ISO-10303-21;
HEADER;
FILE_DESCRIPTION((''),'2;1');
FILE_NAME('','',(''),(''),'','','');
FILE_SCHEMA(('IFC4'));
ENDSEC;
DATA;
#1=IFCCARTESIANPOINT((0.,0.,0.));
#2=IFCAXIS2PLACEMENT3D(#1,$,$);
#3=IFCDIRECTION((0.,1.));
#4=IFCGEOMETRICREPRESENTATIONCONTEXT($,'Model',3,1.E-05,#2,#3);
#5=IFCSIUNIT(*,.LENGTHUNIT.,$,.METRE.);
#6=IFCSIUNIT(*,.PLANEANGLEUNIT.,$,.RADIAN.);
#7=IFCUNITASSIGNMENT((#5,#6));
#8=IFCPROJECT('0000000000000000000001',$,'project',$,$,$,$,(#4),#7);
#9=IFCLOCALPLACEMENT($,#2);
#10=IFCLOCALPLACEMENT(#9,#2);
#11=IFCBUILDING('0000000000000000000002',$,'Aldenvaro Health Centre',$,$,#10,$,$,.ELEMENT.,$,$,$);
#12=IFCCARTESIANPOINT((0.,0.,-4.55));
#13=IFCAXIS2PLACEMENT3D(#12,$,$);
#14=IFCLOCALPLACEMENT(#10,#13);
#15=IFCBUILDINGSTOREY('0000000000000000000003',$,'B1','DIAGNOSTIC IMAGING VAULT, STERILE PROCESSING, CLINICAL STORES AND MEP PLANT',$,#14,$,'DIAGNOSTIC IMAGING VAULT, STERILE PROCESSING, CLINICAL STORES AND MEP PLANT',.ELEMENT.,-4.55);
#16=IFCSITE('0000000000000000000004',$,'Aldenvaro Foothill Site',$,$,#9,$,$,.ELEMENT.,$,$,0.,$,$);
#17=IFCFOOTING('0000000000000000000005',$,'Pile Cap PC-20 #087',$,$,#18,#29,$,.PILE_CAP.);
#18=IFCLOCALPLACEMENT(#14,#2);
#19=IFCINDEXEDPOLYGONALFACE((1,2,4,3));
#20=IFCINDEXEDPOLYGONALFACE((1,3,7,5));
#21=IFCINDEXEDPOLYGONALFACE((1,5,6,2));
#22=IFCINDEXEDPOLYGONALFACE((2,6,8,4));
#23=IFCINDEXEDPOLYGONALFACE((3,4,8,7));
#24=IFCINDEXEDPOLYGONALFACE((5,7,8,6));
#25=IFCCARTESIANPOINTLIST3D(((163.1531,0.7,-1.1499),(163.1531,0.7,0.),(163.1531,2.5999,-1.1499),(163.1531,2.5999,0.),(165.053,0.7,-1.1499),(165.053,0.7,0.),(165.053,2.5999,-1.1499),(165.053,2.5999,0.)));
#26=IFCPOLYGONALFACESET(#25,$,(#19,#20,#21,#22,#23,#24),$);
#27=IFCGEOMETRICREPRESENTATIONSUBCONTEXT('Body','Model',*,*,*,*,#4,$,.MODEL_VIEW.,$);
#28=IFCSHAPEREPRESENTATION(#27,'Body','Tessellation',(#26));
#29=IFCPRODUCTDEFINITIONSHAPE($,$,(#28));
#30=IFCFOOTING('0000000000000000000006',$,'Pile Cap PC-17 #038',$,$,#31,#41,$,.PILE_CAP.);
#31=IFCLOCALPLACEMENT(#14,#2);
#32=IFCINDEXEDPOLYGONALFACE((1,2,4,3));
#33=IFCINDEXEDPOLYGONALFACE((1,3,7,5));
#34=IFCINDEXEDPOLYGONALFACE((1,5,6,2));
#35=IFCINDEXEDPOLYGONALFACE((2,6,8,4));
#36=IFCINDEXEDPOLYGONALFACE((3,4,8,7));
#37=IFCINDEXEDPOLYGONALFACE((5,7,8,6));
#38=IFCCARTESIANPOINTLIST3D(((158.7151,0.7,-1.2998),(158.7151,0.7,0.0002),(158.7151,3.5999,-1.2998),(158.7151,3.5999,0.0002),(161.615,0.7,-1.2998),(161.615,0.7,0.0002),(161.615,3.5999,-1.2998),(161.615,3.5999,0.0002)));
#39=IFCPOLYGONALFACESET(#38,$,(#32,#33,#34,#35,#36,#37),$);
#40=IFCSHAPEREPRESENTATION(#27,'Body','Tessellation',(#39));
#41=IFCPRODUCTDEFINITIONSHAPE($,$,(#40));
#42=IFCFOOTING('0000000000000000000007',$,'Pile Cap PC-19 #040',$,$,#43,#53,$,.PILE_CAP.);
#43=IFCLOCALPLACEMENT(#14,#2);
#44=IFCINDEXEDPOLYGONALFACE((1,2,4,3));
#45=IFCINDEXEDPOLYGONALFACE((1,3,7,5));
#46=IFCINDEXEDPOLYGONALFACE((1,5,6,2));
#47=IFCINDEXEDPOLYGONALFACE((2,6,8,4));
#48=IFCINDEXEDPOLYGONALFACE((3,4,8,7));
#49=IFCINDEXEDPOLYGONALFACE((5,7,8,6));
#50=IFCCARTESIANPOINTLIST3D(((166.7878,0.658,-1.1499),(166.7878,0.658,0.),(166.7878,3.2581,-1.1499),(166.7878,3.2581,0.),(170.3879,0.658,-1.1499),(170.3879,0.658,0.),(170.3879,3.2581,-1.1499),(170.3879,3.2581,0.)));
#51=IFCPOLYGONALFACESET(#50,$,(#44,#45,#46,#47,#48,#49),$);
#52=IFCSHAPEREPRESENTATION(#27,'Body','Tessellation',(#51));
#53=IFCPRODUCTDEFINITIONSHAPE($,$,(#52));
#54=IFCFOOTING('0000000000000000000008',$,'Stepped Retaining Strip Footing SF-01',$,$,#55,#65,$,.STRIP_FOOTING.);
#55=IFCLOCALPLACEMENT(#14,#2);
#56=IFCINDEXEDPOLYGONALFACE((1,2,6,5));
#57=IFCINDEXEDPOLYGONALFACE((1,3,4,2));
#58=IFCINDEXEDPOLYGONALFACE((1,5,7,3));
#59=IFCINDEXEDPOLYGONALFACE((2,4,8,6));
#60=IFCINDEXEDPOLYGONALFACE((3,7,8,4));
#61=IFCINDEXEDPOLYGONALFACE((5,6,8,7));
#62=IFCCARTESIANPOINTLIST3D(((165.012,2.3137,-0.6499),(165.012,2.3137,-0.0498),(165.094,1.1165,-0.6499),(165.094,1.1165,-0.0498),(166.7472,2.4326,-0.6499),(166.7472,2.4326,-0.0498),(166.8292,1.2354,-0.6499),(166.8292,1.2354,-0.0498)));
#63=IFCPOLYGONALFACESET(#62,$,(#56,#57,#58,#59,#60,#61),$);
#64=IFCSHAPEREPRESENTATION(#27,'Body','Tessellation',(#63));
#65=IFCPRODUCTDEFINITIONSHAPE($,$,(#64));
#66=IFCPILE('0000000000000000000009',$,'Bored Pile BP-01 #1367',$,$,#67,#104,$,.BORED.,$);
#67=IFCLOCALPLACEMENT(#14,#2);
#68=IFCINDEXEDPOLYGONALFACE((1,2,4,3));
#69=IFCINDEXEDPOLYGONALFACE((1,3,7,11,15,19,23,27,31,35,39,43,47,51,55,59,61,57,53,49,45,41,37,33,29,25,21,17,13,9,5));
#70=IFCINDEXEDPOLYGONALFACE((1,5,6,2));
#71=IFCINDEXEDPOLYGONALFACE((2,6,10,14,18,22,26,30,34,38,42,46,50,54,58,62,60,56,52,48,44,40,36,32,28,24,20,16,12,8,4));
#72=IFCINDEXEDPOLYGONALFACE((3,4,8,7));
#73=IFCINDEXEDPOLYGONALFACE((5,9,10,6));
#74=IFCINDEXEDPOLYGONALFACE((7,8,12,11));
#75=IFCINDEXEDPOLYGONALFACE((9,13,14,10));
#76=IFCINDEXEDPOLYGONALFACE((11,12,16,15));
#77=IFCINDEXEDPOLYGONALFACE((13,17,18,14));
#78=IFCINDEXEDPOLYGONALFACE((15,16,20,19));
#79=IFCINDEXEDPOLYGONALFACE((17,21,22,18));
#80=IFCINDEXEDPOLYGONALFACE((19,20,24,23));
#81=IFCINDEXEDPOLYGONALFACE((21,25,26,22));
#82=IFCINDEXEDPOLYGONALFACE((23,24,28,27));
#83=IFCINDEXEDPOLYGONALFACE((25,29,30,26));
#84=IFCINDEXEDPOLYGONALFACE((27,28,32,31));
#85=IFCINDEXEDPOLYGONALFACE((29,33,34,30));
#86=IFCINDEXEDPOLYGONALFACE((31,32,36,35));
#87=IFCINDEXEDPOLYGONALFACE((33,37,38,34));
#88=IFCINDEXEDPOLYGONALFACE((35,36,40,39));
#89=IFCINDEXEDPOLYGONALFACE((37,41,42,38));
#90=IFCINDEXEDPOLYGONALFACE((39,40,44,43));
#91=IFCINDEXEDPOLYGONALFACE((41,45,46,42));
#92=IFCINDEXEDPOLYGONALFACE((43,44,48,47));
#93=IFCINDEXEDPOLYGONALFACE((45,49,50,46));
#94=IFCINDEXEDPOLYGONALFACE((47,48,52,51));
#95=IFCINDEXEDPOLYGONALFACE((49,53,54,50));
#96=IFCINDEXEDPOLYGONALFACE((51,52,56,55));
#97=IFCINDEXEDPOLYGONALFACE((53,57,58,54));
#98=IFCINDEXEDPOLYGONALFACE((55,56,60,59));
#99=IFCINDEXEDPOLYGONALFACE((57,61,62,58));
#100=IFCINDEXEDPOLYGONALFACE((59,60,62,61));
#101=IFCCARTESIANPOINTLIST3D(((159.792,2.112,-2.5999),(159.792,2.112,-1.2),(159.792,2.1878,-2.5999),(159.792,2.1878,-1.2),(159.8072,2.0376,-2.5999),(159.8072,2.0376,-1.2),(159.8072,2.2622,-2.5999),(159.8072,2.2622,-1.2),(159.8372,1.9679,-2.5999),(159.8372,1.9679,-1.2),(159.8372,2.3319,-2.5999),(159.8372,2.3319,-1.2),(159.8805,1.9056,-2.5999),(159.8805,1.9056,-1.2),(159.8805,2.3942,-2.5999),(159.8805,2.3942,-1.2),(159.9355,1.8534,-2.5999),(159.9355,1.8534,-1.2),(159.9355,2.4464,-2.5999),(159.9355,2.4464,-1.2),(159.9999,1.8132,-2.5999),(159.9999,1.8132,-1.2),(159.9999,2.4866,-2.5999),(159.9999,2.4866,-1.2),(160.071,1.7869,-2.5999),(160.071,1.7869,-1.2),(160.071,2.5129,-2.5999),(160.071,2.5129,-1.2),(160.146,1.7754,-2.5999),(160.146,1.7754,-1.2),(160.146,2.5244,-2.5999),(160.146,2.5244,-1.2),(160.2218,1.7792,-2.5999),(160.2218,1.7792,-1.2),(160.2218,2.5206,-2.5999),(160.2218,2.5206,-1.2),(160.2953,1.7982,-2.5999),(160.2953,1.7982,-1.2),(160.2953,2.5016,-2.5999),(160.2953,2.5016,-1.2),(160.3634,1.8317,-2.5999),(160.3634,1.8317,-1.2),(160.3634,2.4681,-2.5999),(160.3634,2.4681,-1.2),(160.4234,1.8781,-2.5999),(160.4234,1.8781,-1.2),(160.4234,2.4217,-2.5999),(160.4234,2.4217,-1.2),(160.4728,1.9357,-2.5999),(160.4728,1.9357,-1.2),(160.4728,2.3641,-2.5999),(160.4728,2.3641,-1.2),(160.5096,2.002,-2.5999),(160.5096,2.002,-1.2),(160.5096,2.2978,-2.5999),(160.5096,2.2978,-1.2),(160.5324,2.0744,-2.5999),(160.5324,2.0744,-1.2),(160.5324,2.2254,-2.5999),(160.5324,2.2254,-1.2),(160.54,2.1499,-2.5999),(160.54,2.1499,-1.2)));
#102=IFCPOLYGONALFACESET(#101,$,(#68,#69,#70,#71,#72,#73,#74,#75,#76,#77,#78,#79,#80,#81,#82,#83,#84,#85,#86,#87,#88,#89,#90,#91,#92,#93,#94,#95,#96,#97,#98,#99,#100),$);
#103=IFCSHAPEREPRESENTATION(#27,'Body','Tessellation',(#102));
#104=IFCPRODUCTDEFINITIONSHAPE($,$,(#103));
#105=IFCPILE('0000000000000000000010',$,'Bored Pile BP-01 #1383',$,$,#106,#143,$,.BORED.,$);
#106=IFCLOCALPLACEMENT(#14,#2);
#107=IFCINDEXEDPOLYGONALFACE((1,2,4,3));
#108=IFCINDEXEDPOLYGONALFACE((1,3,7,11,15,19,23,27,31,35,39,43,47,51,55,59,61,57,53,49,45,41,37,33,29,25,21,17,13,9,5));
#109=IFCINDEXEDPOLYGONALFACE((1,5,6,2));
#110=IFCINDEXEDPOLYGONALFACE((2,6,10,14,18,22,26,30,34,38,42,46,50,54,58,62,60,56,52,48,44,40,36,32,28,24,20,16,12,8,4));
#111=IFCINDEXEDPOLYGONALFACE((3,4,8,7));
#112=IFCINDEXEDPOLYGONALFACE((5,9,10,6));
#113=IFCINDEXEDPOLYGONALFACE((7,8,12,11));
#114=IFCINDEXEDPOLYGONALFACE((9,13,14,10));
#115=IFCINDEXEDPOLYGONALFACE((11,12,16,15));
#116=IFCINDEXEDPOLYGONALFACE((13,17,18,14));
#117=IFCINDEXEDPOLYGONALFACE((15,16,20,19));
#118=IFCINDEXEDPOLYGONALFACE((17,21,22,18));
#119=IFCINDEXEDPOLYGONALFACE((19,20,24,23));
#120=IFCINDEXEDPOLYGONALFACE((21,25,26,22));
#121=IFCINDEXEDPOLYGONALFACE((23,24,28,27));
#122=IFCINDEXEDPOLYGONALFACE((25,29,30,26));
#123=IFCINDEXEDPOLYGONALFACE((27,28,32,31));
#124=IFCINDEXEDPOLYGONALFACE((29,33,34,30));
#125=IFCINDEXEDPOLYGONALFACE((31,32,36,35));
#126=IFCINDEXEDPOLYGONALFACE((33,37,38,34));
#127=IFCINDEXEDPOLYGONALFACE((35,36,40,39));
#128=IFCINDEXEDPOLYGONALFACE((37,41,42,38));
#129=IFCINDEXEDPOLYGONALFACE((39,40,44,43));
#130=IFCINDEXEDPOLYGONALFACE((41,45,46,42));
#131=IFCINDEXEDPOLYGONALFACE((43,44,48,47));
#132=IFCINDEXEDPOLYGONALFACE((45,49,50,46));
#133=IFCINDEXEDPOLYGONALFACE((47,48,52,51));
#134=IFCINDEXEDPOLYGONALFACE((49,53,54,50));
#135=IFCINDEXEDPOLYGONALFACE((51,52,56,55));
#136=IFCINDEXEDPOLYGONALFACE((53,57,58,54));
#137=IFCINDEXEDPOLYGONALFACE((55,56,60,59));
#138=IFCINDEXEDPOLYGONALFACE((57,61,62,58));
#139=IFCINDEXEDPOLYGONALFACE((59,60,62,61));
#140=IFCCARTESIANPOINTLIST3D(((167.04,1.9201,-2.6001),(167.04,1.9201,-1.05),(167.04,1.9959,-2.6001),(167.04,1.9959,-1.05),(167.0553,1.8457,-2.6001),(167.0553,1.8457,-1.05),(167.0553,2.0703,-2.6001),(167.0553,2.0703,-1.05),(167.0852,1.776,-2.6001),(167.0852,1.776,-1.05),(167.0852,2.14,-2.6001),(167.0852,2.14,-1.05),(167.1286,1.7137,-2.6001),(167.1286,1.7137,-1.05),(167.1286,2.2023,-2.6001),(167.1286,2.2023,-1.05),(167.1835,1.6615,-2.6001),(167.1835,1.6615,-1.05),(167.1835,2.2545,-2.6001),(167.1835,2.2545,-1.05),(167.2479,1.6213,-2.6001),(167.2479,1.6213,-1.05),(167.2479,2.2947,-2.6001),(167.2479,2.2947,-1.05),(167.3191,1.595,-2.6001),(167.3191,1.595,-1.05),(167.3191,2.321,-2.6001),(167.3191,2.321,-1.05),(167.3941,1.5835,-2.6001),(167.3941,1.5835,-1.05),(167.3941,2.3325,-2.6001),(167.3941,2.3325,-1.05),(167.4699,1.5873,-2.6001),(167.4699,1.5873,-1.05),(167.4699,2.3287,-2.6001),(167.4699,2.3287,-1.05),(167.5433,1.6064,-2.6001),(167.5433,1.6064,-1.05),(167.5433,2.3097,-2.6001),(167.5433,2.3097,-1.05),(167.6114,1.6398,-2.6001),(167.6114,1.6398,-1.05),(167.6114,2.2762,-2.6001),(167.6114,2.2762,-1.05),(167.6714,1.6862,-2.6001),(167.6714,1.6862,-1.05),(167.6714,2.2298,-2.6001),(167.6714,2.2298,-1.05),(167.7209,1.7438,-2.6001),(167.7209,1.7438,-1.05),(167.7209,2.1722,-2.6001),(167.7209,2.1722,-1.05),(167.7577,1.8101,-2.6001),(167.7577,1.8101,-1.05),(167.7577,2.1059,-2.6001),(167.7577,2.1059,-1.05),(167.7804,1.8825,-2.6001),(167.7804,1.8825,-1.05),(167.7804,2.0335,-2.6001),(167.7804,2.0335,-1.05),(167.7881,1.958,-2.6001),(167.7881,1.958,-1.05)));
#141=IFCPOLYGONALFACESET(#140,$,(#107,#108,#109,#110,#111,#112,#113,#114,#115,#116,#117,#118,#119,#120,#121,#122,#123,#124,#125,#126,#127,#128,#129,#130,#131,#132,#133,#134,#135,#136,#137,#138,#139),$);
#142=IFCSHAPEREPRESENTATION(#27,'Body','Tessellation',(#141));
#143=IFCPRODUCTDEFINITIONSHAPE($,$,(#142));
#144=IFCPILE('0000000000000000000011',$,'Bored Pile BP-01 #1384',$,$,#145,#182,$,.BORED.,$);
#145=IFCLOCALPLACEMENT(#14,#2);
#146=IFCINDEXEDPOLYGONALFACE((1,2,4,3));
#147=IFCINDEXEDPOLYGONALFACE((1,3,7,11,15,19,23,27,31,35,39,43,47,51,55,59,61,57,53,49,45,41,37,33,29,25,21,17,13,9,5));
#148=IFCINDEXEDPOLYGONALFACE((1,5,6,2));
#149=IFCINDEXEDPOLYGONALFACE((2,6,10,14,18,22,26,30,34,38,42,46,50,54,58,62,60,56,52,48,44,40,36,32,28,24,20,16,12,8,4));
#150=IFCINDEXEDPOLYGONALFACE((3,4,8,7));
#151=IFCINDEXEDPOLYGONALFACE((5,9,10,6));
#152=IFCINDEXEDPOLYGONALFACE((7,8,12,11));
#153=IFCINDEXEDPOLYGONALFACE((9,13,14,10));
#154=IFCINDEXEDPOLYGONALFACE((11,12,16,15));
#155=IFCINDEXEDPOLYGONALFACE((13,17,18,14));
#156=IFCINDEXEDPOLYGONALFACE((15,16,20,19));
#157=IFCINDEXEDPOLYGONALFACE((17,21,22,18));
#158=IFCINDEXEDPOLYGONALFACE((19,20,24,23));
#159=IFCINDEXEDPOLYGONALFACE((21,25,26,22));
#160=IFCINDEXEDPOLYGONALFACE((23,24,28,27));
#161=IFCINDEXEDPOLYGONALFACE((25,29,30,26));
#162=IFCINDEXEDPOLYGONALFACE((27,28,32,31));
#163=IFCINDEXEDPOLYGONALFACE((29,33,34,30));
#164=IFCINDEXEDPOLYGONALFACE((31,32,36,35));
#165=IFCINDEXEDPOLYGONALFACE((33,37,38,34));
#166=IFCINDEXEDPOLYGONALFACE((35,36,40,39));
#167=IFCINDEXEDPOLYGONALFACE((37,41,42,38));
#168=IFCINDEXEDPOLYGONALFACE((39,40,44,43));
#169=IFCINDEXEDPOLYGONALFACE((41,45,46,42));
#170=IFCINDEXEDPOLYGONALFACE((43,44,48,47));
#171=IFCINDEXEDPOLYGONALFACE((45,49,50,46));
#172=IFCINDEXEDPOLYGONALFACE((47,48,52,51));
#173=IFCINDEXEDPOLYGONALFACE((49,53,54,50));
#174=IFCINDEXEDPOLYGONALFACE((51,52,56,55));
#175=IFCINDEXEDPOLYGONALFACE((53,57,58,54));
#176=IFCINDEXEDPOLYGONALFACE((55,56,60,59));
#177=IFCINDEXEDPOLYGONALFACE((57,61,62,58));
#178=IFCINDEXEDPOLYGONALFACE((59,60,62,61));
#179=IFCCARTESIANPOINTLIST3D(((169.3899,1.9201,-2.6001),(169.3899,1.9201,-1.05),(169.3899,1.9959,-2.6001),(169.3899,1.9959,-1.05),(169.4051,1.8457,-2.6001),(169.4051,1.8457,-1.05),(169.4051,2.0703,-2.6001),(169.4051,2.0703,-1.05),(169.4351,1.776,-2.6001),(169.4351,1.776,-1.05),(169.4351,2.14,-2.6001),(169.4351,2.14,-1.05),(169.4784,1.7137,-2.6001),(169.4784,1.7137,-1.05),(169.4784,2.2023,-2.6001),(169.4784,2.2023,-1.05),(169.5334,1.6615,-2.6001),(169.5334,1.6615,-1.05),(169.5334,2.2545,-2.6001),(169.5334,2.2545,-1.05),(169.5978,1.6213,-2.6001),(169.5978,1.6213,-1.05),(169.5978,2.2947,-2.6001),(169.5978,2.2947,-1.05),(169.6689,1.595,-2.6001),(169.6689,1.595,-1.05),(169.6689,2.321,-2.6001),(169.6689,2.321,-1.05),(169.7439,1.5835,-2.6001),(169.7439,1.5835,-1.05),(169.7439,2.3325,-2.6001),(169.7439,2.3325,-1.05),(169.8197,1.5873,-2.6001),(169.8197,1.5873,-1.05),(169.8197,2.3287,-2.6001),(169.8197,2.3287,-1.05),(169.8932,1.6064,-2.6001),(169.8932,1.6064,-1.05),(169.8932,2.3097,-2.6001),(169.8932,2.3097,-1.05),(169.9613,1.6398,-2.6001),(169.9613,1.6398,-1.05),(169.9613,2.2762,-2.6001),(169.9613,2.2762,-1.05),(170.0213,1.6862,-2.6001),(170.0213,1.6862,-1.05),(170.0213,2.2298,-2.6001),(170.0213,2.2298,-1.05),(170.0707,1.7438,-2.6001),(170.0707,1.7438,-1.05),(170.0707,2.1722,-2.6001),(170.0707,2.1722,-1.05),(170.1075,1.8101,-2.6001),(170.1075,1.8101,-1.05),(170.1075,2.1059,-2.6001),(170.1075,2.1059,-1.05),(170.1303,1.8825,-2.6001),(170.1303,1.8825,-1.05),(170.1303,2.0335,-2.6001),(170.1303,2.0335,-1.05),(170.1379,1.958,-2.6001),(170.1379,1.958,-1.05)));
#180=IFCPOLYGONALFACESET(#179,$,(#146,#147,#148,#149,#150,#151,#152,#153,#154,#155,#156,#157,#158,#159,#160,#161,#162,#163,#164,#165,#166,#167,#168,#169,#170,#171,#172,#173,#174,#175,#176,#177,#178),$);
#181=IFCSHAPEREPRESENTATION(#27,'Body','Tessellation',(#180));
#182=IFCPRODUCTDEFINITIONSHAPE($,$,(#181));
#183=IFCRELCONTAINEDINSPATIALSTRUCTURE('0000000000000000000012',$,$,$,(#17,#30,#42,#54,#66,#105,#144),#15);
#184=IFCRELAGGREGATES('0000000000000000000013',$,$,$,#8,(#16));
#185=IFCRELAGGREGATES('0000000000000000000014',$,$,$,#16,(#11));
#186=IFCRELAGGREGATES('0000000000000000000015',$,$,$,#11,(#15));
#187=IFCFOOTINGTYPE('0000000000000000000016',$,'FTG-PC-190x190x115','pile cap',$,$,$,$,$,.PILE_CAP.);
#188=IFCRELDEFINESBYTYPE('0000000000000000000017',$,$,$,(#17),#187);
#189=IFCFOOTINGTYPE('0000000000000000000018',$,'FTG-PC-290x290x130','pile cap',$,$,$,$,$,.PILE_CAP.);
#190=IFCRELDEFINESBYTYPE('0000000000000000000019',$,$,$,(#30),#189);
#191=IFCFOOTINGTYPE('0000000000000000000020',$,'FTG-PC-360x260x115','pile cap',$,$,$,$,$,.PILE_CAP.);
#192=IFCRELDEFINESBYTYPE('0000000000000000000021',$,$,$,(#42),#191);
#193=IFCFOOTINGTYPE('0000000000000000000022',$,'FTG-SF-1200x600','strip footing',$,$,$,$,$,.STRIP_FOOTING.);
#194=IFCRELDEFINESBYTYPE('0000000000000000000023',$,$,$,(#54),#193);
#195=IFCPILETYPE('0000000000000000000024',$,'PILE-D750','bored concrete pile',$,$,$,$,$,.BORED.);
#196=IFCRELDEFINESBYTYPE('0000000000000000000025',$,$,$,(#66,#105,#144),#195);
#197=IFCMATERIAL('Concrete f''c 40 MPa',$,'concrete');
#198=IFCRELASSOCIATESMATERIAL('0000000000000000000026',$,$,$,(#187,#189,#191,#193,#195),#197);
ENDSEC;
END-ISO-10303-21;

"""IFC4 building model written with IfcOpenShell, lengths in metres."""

from ifc_helpers import new_model, si_unit, direction, frame, origin, origin_2d, place, context, subcontext, project, spatial, rectangle, circle, extrude, material, material_profile, profile_set, type_object, element, save


model = new_model("IFC4")

# Units and contexts
model_context = context("Model", 3, precision=1e-05, world=origin(), true_north=direction((0.0, 1.0)))
body_context = subcontext(model_context, "Body", "Model", "MODEL_VIEW")
ifc_project = project(units=[si_unit("LENGTHUNIT", "METRE"), si_unit("PLANEANGLEUNIT", "RADIAN")], contexts=[model_context])

# Site, building, storey
site_placement = place(None, origin())
site = spatial("IfcSite", under=ifc_project, at=site_placement, Name="Aldenvaro Foothill Site", CompositionType="ELEMENT", RefElevation=0.0)
building_placement = place(site_placement, origin())
building = spatial("IfcBuilding", under=site, at=building_placement, Name="Aldenvaro Health Centre", CompositionType="ELEMENT")
storey_placement = place(building_placement, frame((0.0, 0.0, -4.55)))
storey = spatial("IfcBuildingStorey", under=building, at=storey_placement, Name="B1", Description="DIAGNOSTIC IMAGING VAULT, STERILE PROCESSING, CLINICAL STORES AND MEP PLANT", LongName="DIAGNOSTIC IMAGING VAULT, STERILE PROCESSING, CLINICAL STORES AND MEP PLANT", CompositionType="ELEMENT", Elevation=-4.55)

# Footings
ifc_material_1 = material(Name="Concrete f'c 40 MPa", Category="concrete")
footing_type_1 = type_object("IfcFootingType", Name="FTG-PC-190x190x115", Description="pile cap", PredefinedType="PILE_CAP", material=ifc_material_1)
footing_1_placement = place(storey_placement, frame((164.103, 1.6499, -1.1499), z_axis=(0.0, 0.0, 1.0), x_axis=(1.0, 0.0, 0.0)))
element("IfcFooting", 1, at=footing_1_placement, inside=storey, type_object=footing_type_1, Name="Pile Cap PC-20 #087", PredefinedType="PILE_CAP", context=body_context, shape_type="SweptSolid", body=[
    extrude(rectangle(XDim=1.8999, YDim=1.8999, at=origin_2d()), origin(), (0.0, 0.0, 1.0), 1.1499),
])
footing_type_2 = type_object("IfcFootingType", Name="FTG-PC-290x290x130", Description="pile cap", PredefinedType="PILE_CAP", material=ifc_material_1)
footing_2_placement = place(storey_placement, frame((160.165, 2.1499, -1.2998), z_axis=(0.0, 0.0, 1.0), x_axis=(1.0, 0.0, 0.0)))
element("IfcFooting", 2, at=footing_2_placement, inside=storey, type_object=footing_type_2, Name="Pile Cap PC-17 #038", PredefinedType="PILE_CAP", context=body_context, shape_type="SweptSolid", body=[
    extrude(rectangle(XDim=2.8999, YDim=2.8999, at=origin_2d()), origin(), (0.0, 0.0, 1.0), 1.3),
])
footing_type_3 = type_object("IfcFootingType", Name="FTG-PC-360x260x115", Description="pile cap", PredefinedType="PILE_CAP", material=ifc_material_1)
footing_3_placement = place(storey_placement, frame((168.5879, 1.958, -1.1499), z_axis=(0.0, 0.0, 1.0), x_axis=(1.0, 0.0, 0.0)))
element("IfcFooting", 3, at=footing_3_placement, inside=storey, type_object=footing_type_3, Name="Pile Cap PC-19 #040", PredefinedType="PILE_CAP", context=body_context, shape_type="SweptSolid", body=[
    extrude(rectangle(XDim=3.6001, YDim=2.6001, at=origin_2d()), origin(), (0.0, 0.0, 1.0), 1.1499),
])
ifc_material_profile_1 = material_profile(ifc_material_1, rectangle(XDim=1.2, YDim=0.6001, at=origin_2d()), Name="SF 1200x600", Category="concrete")
ifc_profile_set_1 = profile_set([ifc_material_profile_1], Name="Concrete f'c 40 MPa")
footing_type_4 = type_object("IfcFootingType", Name="FTG-SF-1200x600", Description="strip footing", PredefinedType="STRIP_FOOTING", material=ifc_profile_set_1)
footing_4_placement = place(storey_placement, frame((165.053, 1.7151, -0.3499), z_axis=(0.99766, 0.068364, 0.0), x_axis=(-0.068364, 0.99766, 0.0)))
element("IfcFooting", 4, at=footing_4_placement, inside=storey, type_object=footing_type_4, Name="Stepped Retaining Strip Footing SF-01", PredefinedType="STRIP_FOOTING", context=body_context, shape_type="SweptSolid", body=[
    extrude(rectangle(XDim=1.2, YDim=0.6001, at=origin_2d()), origin(), (0.0, 0.0, 1.0), 1.7393),
])

# Piles
ifc_material_profile_2 = material_profile(ifc_material_1, circle(Radius=0.375, at=origin_2d()), Name="PILE D750", Category="concrete")
ifc_profile_set_2 = profile_set([ifc_material_profile_2], Name="Concrete f'c 40 MPa")
pile_type_1 = type_object("IfcPileType", Name="PILE-D750", Description="bored concrete pile", PredefinedType="BORED", material=ifc_profile_set_2)
pile_placement = place(storey_placement, frame((160.165, 2.1499, -1.2), z_axis=(0.0, 0.0, -1.0), x_axis=(1.0, 0.0, 0.0)))
element("IfcPile", 5, at=pile_placement, inside=storey, type_object=pile_type_1, Name="Bored Pile BP-01 #1367", PredefinedType="BORED", context=body_context, shape_type="SweptSolid", body=[
    extrude(circle(Radius=0.375, at=origin_2d()), origin(), (0.0, 0.0, 1.0), 1.3999),
])
for number, where, z_axis, x_axis, name in (
    (6, (167.4131, 1.958, -1.05), (0.0, 0.0, -1.0), (1.0, 0.0, 0.0), "Bored Pile BP-01 #1383"),
    (7, (169.7629, 1.958, -1.05), (0.0, 0.0, -1.0), (1.0, 0.0, 0.0), "Bored Pile BP-01 #1384"),
):
    element("IfcPile", number, at=place(storey_placement, frame(where, z_axis=z_axis, x_axis=x_axis)), inside=storey, type_object=pile_type_1, Name=name, PredefinedType="BORED", context=body_context, shape_type="SweptSolid", body=[
        extrude(circle(Radius=0.375, at=origin_2d()), origin(), (0.0, 0.0, 1.0), 1.55),
    ])

save(model, "model.ifc")
